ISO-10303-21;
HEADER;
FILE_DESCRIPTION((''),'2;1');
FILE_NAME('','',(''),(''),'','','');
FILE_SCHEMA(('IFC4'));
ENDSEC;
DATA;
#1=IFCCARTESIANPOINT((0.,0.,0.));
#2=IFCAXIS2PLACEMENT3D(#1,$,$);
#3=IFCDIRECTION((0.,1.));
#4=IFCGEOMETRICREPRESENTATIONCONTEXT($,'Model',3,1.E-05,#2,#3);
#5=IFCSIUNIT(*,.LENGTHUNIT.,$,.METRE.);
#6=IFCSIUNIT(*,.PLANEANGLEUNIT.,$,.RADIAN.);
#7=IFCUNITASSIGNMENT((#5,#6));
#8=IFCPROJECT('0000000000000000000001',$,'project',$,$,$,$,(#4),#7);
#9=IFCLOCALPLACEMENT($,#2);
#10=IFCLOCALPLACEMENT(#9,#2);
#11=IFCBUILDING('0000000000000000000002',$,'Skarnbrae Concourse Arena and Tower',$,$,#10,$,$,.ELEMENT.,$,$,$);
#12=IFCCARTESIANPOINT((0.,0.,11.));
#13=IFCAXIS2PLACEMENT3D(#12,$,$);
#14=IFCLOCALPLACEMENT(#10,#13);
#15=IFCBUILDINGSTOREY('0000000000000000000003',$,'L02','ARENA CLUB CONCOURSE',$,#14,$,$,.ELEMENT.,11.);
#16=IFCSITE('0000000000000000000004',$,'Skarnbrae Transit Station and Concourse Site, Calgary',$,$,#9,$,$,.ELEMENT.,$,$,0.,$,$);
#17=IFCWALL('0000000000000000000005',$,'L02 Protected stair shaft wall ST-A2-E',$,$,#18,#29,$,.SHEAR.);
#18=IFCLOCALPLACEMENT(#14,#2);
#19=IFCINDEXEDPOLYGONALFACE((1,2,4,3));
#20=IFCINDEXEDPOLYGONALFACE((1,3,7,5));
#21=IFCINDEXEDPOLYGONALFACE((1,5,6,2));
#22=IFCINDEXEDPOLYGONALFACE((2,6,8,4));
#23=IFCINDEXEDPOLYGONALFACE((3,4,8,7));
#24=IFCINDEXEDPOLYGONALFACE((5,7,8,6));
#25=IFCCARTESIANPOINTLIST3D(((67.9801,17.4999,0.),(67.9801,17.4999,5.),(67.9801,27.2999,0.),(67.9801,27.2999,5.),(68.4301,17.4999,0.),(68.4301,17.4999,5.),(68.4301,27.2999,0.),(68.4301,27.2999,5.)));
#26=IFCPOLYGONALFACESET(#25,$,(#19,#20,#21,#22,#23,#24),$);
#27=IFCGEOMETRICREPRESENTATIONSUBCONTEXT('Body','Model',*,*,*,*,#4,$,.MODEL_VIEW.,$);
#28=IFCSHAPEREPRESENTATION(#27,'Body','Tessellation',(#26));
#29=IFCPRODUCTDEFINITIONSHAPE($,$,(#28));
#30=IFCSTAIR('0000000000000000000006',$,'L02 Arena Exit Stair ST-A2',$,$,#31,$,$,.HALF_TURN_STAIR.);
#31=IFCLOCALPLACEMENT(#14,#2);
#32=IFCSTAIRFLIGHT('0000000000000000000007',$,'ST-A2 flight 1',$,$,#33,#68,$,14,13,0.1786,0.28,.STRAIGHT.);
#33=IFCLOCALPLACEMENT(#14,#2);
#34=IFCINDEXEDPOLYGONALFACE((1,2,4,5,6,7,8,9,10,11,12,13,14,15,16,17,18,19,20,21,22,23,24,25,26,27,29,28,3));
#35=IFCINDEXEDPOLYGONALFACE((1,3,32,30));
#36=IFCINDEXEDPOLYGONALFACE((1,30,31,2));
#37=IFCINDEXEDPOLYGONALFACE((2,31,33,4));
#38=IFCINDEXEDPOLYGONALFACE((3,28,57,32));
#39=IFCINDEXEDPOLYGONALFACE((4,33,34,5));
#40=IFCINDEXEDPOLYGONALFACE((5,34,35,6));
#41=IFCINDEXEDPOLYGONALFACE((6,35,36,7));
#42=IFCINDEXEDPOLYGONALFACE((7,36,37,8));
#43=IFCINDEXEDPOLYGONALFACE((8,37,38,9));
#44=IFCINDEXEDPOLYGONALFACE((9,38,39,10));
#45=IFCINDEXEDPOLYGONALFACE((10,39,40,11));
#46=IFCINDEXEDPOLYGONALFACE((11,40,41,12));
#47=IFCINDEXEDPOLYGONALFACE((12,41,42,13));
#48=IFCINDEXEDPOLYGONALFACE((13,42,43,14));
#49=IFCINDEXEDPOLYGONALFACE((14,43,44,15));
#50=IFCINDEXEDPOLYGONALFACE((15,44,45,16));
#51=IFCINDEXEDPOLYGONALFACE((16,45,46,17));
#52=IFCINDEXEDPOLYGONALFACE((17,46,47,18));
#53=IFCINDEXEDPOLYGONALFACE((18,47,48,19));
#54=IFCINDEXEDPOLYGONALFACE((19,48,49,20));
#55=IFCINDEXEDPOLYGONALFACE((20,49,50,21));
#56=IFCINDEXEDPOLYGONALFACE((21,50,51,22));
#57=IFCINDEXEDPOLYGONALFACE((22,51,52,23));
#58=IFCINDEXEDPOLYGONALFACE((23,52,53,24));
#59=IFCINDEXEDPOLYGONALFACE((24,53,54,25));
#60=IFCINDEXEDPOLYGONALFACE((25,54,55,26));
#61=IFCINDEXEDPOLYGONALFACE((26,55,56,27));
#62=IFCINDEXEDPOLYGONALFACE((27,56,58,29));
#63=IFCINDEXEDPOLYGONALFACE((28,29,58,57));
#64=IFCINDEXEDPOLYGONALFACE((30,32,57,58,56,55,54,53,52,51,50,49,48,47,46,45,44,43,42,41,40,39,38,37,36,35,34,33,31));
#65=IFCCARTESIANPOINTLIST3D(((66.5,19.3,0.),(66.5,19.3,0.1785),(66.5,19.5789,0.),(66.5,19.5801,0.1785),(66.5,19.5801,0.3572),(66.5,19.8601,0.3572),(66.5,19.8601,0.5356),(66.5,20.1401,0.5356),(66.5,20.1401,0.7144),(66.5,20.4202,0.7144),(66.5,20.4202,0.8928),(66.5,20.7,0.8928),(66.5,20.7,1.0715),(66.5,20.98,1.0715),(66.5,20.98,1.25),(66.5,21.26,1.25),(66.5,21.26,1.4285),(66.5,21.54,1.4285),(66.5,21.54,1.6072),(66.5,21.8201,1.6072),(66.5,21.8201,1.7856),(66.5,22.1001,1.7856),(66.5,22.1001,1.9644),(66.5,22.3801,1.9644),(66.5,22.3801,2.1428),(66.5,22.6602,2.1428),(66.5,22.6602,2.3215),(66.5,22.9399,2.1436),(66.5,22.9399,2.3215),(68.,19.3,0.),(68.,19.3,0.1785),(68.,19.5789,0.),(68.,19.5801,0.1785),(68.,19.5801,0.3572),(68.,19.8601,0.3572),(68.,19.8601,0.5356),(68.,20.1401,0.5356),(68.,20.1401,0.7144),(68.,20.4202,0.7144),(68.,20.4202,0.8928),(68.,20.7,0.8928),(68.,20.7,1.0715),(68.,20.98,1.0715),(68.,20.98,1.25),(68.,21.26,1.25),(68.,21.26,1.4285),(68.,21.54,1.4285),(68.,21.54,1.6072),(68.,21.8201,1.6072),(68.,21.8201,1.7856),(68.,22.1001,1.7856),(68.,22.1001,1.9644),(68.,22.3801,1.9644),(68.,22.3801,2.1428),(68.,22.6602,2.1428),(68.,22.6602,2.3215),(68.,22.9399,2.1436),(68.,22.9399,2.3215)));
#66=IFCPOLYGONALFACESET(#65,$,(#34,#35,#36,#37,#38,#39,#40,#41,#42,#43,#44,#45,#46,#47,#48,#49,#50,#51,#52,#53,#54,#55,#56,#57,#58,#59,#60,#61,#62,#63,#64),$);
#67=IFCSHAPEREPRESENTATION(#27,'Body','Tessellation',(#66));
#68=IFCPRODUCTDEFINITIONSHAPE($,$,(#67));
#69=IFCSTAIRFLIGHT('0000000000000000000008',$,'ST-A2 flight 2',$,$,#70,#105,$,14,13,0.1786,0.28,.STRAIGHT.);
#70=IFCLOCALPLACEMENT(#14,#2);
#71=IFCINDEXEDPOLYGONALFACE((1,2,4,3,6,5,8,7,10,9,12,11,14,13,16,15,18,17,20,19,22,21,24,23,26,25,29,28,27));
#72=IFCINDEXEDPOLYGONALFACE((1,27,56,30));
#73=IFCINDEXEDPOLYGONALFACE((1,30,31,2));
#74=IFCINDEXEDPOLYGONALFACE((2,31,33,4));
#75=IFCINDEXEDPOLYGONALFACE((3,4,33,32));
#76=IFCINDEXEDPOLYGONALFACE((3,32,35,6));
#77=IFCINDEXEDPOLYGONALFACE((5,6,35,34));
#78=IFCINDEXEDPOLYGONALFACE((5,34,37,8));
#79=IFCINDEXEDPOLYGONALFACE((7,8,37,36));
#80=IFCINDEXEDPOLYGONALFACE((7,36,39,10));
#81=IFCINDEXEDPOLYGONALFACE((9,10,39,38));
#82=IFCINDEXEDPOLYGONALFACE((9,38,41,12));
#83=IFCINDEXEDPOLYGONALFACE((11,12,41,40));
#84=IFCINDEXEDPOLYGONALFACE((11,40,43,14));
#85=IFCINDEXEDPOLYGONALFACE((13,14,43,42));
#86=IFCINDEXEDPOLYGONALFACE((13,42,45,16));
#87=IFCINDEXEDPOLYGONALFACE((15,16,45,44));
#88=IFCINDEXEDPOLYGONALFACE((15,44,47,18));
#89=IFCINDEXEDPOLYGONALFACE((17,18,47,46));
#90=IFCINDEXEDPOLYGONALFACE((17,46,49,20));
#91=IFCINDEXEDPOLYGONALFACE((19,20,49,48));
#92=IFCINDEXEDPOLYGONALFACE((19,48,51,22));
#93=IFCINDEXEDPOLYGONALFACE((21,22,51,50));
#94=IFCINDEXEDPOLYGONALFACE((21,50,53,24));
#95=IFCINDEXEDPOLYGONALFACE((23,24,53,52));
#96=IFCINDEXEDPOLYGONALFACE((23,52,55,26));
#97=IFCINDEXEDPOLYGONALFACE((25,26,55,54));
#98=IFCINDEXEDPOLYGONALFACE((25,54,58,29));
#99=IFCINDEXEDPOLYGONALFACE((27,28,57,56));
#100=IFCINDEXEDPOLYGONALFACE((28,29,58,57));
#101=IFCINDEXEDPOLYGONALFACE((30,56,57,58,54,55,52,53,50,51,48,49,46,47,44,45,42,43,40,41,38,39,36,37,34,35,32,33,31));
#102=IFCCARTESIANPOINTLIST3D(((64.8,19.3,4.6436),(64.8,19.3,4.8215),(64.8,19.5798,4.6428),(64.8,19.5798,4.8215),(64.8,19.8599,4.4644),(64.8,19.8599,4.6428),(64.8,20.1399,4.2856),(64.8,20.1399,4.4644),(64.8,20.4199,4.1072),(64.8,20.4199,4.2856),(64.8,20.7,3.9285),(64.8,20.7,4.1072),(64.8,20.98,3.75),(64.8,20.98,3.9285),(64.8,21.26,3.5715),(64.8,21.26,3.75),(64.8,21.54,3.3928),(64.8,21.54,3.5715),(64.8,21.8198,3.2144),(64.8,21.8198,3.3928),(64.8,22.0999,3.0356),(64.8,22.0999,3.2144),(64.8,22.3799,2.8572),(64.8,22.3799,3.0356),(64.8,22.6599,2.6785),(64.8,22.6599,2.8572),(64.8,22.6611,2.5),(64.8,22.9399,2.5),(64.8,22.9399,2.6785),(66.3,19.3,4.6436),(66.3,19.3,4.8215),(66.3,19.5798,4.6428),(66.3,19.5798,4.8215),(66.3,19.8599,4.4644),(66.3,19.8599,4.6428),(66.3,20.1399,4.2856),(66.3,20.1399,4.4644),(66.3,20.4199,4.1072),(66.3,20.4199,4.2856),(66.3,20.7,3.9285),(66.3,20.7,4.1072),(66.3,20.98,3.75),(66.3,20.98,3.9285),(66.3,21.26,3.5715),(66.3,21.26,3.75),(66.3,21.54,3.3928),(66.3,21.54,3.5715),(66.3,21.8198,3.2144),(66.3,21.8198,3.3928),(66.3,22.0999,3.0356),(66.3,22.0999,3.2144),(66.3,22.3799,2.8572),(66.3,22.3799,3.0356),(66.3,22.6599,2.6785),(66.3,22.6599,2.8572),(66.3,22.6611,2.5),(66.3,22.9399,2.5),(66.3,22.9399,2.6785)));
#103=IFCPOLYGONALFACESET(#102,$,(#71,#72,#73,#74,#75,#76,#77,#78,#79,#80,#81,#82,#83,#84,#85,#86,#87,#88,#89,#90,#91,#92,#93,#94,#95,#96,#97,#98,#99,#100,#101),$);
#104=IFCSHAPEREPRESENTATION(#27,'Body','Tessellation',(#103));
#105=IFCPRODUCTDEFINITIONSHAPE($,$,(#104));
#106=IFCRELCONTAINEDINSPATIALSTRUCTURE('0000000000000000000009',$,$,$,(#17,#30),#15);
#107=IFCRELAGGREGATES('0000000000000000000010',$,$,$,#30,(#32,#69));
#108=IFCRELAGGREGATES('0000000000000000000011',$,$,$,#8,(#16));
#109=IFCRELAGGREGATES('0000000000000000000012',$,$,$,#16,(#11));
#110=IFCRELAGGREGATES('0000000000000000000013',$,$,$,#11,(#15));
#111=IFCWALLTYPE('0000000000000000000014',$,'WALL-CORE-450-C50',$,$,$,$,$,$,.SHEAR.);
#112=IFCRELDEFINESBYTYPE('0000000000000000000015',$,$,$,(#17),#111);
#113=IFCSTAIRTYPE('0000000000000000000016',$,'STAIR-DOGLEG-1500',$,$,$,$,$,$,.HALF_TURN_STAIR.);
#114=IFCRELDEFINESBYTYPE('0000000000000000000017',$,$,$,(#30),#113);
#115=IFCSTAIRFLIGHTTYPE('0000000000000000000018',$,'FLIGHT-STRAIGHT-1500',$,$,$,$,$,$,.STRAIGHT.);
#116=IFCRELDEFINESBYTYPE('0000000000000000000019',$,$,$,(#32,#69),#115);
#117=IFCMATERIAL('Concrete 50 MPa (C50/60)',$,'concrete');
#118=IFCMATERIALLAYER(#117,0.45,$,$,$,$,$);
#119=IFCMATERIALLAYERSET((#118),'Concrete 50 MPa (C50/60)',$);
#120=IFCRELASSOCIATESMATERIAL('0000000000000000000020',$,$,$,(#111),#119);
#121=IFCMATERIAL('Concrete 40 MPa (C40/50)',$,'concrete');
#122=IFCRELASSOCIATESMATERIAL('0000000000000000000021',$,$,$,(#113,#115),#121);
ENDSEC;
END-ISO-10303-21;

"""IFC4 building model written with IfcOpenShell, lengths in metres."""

from ifc_helpers import new_model, si_unit, direction, frame, frame_2d, origin, place, context, subcontext, project, spatial, polyline, rectangle, outline, extrude, source, transform, mapped, material, layer, layer_set, type_object, element, aggregate, save


model = new_model("IFC4")

# Units and contexts
model_context = context("Model", 3, precision=1e-05, world=origin(), true_north=direction((0.0, 1.0)))
body_context = subcontext(model_context, "Body", "Model", "MODEL_VIEW")
ifc_project = project(units=[si_unit("LENGTHUNIT", "METRE"), si_unit("PLANEANGLEUNIT", "RADIAN")], contexts=[model_context])

# Site, building, storey
site_placement = place(None, origin())
site = spatial("IfcSite", under=ifc_project, at=site_placement, Name="Skarnbrae Transit Station and Concourse Site, Calgary", CompositionType="ELEMENT", RefElevation=0.0)
building_placement = place(site_placement, origin())
building = spatial("IfcBuilding", under=site, at=building_placement, Name="Skarnbrae Concourse Arena and Tower", CompositionType="ELEMENT")
storey_placement = place(building_placement, frame((0.0, 0.0, 11.0)))
storey = spatial("IfcBuildingStorey", under=building, at=storey_placement, Name="L02", Description="ARENA CLUB CONCOURSE", CompositionType="ELEMENT", Elevation=11.0)

# Wall
ifc_material_1 = material(Name="Concrete 50 MPa (C50/60)", Category="concrete")
ifc_layer_1 = layer(ifc_material_1, 0.45)
ifc_layer_set_1 = layer_set([ifc_layer_1], Name="Concrete 50 MPa (C50/60)")
wall_type = type_object("IfcWallType", Name="WALL-CORE-450-C50", PredefinedType="SHEAR", material=ifc_layer_set_1)
shared_shape_1 = source(origin(), body_context, "Body", "SweptSolid", [
    extrude(rectangle(XDim=9.8, YDim=0.45, at=frame_2d((4.8999, 0.0))), origin(), (0.0, 0.0, 1.0), 5.0),
])
wall_placement = place(storey_placement, frame((68.2051, 17.5, 0.0), z_axis=(0.0, 0.0, 1.0), x_axis=(0.0, 1.0, 0.0)))
element("IfcWall", 1, at=wall_placement, inside=storey, type_object=wall_type, Name="L02 Protected stair shaft wall ST-A2-E", PredefinedType="SHEAR", context=body_context, shape_type="MappedRepresentation", body=[
    mapped(shared_shape_1, transform((0.0, 0.0, 0.0))),
])

# Stair, stair flights
ifc_material_2 = material(Name="Concrete 40 MPa (C40/50)", Category="concrete")
stair_type = type_object("IfcStairType", Name="STAIR-DOGLEG-1500", PredefinedType="HALF_TURN_STAIR", material=ifc_material_2)
stair_placement = place(storey_placement, origin())
stair = element("IfcStair", 2, at=stair_placement, inside=storey, type_object=stair_type, Name="L02 Arena Exit Stair ST-A2", PredefinedType="HALF_TURN_STAIR")
stair_flight_type = type_object("IfcStairFlightType", Name="FLIGHT-STRAIGHT-1500", PredefinedType="STRAIGHT", material=ifc_material_2)
shared_shape_2 = source(origin(), body_context, "Body", "SweptSolid", [
    extrude(outline(polyline([(0.0, 0.0), (0.0, 0.1785), (0.28, 0.1785), (0.28, 0.3572), (0.5601, 0.3572), (0.5601, 0.5356), (0.8401, 0.5356), (0.8401, 0.7144), (1.1201, 0.7144), (1.1201, 0.8928), (1.3999, 0.8928), (1.3999, 1.0715), (1.6799, 1.0715), (1.6799, 1.25), (1.96, 1.25), (1.96, 1.4285), (2.24, 1.4285), (2.24, 1.6072), (2.52, 1.6072), (2.52, 1.7856), (2.8, 1.7856), (2.8, 1.9644), (3.0801, 1.9644), (3.0801, 2.1428), (3.3601, 2.1428), (3.3601, 2.3215), (3.6399, 2.3215), (3.6399, 2.5), (3.6399, 2.1436), (0.2788, 0.0), (0.0, 0.0)])), frame((0.0, 0.75, 0.0), z_axis=(0.0, -1.0, 0.0), x_axis=(1.0, 0.0, 0.0)), (0.0, 0.0, 1.0), 1.5),
])
stair_flight_1_placement = place(storey_placement, frame((67.25, 19.3, 0.0), z_axis=(0.0, 0.0, 1.0), x_axis=(0.0, 1.0, 0.0)))
stair_flight_1 = element("IfcStairFlight", 3, at=stair_flight_1_placement, type_object=stair_flight_type, Name="ST-A2 flight 1", NumberOfRisers=14, NumberOfTreads=13, PredefinedType="STRAIGHT", RiserHeight=0.1786, TreadLength=0.28, context=body_context, shape_type="MappedRepresentation", body=[
    mapped(shared_shape_2, transform((0.0, 0.0, 0.0))),
])
stair_flight_2_placement = place(storey_placement, frame((65.55, 22.9399, 2.5), z_axis=(0.0, 0.0, 1.0), x_axis=(0.0, -1.0, 0.0)))
stair_flight_2 = element("IfcStairFlight", 4, at=stair_flight_2_placement, type_object=stair_flight_type, Name="ST-A2 flight 2", NumberOfRisers=14, NumberOfTreads=13, PredefinedType="STRAIGHT", RiserHeight=0.1786, TreadLength=0.28, context=body_context, shape_type="MappedRepresentation", body=[
    mapped(shared_shape_2, transform((0.0, 0.0, 0.0))),
])
aggregate(stair, [stair_flight_1, stair_flight_2])

save(model, "model.ifc")
